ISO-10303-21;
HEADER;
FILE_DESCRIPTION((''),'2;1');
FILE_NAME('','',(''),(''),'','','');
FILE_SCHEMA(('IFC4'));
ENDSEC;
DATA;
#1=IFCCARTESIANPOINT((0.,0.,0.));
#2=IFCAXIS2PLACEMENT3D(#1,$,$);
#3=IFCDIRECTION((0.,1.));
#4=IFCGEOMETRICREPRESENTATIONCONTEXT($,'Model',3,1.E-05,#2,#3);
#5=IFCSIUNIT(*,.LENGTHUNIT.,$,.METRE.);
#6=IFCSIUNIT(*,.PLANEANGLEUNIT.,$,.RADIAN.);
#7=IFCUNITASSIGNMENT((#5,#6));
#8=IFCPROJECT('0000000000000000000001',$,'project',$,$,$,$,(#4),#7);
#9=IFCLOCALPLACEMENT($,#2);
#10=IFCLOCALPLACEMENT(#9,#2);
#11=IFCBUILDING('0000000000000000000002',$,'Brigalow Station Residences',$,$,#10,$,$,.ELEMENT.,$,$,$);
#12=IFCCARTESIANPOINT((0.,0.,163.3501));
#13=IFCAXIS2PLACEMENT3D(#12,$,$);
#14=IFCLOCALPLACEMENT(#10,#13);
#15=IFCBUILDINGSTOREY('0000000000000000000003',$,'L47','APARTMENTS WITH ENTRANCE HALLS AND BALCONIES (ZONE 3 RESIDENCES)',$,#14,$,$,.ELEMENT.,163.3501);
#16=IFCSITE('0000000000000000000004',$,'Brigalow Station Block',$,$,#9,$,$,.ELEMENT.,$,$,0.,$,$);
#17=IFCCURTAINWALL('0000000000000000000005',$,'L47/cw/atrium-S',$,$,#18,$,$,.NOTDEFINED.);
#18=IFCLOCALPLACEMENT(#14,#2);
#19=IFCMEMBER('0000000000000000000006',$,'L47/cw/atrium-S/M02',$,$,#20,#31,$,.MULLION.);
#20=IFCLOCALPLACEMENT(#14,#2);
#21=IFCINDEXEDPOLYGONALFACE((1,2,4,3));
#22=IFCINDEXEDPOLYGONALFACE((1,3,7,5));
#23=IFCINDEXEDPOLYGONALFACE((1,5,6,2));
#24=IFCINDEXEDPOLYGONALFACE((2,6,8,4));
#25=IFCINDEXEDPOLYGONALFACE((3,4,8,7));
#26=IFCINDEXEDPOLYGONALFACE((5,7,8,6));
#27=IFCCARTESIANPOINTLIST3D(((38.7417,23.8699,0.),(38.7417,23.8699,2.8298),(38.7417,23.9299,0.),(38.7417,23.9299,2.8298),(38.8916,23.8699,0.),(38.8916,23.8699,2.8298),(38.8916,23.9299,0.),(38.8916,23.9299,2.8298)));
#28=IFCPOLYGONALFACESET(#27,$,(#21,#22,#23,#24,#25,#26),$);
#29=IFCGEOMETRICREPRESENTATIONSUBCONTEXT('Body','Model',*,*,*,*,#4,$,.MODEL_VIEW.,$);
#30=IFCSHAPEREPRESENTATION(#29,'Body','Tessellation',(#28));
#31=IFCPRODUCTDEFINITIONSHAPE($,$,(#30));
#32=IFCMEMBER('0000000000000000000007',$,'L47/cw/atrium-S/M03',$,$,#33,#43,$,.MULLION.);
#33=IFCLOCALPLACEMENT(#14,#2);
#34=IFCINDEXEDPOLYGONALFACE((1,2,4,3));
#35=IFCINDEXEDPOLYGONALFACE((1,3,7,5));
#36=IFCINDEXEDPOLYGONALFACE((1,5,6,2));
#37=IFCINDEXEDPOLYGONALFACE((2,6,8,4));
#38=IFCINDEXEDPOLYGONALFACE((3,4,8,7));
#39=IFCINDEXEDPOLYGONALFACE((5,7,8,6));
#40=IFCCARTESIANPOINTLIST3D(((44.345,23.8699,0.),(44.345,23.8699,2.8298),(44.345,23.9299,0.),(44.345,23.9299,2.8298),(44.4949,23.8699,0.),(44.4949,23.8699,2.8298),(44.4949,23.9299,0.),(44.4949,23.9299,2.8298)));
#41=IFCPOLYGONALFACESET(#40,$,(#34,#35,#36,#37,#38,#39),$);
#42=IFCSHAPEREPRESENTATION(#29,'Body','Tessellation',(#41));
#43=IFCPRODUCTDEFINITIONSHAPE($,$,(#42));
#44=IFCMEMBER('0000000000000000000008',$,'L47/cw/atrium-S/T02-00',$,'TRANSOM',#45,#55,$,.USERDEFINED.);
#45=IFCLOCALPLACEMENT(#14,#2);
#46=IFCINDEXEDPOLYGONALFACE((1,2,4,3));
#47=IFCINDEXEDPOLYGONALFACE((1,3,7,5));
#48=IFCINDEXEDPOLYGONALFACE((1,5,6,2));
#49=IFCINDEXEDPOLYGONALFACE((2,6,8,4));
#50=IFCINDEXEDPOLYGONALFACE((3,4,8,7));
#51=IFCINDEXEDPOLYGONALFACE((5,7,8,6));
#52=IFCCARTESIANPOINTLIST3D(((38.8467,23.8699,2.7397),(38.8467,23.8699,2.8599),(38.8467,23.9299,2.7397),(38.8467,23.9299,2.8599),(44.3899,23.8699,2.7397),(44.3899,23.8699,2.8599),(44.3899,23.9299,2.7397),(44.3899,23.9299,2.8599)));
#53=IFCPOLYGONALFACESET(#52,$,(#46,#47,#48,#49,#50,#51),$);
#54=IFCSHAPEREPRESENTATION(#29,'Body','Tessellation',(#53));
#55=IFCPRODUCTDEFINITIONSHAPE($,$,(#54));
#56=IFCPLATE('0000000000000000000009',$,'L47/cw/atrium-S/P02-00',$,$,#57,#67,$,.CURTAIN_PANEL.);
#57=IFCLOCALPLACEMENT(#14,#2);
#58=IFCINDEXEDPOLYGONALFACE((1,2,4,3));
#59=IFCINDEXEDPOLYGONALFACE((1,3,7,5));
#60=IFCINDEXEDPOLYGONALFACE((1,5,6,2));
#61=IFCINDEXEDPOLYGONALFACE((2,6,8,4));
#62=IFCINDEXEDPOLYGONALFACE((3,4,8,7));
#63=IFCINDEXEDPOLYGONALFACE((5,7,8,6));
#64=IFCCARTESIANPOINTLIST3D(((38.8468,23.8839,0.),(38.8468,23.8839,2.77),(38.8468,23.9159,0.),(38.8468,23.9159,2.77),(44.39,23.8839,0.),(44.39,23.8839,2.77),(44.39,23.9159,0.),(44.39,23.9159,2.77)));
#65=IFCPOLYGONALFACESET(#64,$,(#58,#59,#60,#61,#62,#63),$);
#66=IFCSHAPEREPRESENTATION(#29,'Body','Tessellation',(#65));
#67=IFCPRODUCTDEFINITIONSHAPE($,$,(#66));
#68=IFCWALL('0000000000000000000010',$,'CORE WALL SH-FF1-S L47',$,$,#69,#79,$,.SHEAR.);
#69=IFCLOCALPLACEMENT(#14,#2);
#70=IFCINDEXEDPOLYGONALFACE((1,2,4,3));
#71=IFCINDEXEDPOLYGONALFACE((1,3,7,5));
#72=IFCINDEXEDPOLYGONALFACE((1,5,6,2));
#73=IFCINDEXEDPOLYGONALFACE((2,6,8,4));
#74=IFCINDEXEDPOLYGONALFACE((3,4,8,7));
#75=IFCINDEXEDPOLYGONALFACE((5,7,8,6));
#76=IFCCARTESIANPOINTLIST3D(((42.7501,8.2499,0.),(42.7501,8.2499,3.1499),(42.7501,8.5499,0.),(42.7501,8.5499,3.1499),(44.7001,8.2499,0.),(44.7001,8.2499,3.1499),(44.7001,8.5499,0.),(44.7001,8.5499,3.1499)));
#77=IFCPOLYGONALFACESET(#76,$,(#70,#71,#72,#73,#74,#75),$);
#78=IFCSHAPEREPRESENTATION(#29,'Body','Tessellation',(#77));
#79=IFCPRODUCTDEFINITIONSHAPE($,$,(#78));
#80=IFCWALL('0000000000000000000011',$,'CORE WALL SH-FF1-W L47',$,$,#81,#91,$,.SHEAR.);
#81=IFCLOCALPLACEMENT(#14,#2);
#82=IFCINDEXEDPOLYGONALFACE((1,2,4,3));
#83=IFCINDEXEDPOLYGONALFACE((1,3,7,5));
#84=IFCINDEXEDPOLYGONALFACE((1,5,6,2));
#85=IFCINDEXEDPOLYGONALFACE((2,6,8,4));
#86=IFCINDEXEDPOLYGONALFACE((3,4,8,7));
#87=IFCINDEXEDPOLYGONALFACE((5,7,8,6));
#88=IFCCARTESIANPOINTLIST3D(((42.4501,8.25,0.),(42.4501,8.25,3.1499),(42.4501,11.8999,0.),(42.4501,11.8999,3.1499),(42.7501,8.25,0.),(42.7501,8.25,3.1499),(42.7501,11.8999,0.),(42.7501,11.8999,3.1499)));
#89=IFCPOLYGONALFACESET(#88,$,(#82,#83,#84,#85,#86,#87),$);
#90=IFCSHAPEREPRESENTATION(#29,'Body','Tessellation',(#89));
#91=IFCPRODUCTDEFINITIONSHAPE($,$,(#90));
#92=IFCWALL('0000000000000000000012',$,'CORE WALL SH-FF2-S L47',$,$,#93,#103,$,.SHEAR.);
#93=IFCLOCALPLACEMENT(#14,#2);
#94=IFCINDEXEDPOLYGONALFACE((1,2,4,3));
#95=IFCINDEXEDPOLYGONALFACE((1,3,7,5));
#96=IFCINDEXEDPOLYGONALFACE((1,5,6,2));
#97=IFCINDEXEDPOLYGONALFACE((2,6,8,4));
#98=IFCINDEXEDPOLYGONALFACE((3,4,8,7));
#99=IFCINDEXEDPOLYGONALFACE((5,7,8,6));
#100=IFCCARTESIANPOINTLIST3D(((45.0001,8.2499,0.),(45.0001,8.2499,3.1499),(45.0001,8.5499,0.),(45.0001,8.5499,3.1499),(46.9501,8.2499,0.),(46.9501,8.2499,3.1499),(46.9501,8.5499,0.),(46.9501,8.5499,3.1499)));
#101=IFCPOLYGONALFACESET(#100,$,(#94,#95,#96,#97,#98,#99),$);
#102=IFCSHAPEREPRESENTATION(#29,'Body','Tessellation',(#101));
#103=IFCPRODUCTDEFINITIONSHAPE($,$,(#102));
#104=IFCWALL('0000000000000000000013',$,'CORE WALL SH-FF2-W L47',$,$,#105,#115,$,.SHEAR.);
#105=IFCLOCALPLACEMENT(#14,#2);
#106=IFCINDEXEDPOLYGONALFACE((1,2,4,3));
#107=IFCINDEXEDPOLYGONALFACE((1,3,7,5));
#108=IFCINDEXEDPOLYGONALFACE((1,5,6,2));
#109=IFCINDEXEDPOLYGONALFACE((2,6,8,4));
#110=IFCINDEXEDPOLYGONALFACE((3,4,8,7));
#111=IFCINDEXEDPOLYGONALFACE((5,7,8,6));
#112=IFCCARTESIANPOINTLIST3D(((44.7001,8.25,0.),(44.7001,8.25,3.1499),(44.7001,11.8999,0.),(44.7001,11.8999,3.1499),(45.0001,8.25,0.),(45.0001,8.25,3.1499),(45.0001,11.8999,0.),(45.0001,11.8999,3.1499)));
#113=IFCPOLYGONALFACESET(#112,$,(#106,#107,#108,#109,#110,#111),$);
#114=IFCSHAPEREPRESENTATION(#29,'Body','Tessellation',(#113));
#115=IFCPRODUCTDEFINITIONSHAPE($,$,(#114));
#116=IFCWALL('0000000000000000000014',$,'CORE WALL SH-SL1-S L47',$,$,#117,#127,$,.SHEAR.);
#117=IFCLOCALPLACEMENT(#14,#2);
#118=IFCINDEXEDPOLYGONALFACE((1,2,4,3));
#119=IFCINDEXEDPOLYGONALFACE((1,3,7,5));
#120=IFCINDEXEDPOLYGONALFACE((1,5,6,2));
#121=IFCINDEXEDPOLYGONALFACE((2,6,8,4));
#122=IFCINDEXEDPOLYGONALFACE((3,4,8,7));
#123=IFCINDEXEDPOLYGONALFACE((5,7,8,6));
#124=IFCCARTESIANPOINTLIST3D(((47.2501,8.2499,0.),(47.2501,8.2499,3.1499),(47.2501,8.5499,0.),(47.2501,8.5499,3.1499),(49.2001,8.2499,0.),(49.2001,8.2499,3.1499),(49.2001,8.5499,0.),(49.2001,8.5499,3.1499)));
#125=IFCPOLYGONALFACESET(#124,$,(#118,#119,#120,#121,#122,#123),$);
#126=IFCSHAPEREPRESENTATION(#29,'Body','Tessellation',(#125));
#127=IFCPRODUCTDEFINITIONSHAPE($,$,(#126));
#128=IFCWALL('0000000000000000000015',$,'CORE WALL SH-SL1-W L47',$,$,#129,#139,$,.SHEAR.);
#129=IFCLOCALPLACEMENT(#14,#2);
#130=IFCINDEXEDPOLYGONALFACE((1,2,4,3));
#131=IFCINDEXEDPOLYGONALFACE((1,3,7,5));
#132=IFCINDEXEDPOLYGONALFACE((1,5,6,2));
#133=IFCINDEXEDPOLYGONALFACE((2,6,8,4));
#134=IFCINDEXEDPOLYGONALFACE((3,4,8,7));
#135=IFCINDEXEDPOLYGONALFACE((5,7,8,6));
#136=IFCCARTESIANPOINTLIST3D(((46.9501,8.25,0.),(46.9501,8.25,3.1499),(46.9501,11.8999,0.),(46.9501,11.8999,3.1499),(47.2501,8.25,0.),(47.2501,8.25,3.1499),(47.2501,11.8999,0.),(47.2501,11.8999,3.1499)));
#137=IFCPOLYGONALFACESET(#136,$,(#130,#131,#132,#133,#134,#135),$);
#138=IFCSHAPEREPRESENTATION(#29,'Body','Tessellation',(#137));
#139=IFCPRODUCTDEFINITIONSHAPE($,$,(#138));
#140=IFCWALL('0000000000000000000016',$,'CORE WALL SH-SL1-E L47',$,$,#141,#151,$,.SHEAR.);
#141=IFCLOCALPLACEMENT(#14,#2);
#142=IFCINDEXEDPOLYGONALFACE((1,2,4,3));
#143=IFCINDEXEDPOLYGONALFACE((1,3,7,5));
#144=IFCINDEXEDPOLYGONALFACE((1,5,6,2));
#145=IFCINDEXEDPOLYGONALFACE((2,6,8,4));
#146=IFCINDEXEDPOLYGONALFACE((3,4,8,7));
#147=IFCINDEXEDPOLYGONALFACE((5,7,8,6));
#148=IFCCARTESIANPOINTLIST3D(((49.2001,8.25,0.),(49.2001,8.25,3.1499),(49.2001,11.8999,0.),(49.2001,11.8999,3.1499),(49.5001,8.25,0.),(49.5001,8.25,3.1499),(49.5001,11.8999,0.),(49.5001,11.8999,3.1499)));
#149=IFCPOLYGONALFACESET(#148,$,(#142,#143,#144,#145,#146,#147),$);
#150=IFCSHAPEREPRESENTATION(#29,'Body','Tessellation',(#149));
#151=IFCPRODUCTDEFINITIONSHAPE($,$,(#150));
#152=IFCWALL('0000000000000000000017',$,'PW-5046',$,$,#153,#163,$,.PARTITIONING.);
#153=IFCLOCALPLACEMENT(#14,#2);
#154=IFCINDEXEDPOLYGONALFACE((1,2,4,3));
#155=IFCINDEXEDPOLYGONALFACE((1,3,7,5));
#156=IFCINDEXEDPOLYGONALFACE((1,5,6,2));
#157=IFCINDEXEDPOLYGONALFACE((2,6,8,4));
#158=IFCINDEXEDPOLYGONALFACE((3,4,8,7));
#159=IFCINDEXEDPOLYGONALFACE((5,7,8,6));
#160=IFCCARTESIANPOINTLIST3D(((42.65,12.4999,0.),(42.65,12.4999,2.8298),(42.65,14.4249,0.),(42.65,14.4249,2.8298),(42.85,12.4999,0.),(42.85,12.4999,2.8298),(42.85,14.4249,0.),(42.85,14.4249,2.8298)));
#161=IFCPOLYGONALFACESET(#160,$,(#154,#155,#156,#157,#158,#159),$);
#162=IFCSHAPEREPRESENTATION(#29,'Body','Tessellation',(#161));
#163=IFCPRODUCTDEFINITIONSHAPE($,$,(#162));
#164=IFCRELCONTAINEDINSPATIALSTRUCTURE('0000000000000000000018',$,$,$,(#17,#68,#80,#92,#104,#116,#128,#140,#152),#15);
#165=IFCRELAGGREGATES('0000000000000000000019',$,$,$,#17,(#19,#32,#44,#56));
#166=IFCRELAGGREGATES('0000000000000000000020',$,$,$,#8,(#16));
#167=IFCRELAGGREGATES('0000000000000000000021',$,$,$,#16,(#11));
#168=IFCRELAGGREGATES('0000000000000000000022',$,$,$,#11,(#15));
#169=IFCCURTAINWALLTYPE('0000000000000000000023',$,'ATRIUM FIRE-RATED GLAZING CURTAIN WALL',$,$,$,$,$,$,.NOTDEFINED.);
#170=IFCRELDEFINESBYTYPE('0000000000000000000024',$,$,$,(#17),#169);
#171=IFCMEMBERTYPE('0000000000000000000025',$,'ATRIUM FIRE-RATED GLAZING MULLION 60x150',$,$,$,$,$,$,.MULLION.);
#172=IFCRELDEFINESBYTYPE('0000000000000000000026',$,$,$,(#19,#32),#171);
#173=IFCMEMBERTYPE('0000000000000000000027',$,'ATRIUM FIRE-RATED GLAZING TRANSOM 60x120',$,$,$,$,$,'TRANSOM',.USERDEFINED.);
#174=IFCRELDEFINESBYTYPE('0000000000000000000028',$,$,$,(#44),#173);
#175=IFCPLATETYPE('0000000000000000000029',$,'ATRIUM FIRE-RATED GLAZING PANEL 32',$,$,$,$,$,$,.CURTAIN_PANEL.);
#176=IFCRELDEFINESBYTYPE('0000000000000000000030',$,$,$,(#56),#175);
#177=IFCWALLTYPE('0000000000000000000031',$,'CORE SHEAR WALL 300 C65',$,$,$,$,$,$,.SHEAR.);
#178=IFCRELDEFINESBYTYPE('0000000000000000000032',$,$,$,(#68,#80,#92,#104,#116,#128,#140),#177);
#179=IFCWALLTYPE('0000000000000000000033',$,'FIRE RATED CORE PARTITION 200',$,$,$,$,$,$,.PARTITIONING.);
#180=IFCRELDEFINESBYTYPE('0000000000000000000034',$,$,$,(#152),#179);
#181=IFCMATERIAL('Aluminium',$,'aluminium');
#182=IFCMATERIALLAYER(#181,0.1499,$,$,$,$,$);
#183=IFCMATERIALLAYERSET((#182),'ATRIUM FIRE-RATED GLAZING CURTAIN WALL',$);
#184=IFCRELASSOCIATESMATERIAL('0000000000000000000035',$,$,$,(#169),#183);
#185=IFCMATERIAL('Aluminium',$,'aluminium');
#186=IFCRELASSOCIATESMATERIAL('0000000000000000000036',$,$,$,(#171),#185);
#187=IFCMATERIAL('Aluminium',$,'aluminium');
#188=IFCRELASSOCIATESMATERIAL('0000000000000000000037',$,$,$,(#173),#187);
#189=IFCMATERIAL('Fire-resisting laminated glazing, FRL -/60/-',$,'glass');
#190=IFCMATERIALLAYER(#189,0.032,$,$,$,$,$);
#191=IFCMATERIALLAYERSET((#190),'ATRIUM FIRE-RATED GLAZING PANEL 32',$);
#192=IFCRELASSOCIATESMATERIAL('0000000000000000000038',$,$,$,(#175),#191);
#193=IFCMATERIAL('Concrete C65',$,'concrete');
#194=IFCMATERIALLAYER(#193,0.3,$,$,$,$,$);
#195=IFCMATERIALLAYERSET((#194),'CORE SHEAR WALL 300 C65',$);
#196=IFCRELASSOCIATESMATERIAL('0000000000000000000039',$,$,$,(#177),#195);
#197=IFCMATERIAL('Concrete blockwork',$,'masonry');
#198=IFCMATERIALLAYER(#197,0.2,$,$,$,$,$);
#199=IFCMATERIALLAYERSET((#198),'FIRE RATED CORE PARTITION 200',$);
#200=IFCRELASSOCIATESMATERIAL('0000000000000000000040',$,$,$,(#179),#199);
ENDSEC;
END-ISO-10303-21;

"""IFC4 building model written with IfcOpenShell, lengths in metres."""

from ifc_helpers import new_model, si_unit, direction, frame, frame_2d, origin, origin_2d, place, context, subcontext, project, spatial, rectangle, extrude, material, layer, layer_set, material_profile, profile_set, type_object, element, aggregate, save


model = new_model("IFC4")

# Units and contexts
model_context = context("Model", 3, precision=1e-05, world=origin(), true_north=direction((0.0, 1.0)))
body_context = subcontext(model_context, "Body", "Model", "MODEL_VIEW")
ifc_project = project(units=[si_unit("LENGTHUNIT", "METRE"), si_unit("PLANEANGLEUNIT", "RADIAN")], contexts=[model_context])

# Site, building, storey
site_placement = place(None, origin())
site = spatial("IfcSite", under=ifc_project, at=site_placement, Name="Brigalow Station Block", CompositionType="ELEMENT", RefElevation=0.0)
building_placement = place(site_placement, origin())
building = spatial("IfcBuilding", under=site, at=building_placement, Name="Brigalow Station Residences", CompositionType="ELEMENT")
storey_placement = place(building_placement, frame((0.0, 0.0, 163.3501)))
storey = spatial("IfcBuildingStorey", under=building, at=storey_placement, Name="L47", Description="APARTMENTS WITH ENTRANCE HALLS AND BALCONIES (ZONE 3 RESIDENCES)", CompositionType="ELEMENT", Elevation=163.3501)

# Curtain wall, members, plate
ifc_material_1 = material(Name="Aluminium", Category="aluminium")
ifc_layer_1 = layer(ifc_material_1, 0.1499)
ifc_layer_set_1 = layer_set([ifc_layer_1], Name="ATRIUM FIRE-RATED GLAZING CURTAIN WALL")
curtain_wall_type = type_object("IfcCurtainWallType", Name="ATRIUM FIRE-RATED GLAZING CURTAIN WALL", PredefinedType="NOTDEFINED", material=ifc_layer_set_1)
curtain_wall_placement = place(storey_placement, origin())
curtain_wall = element("IfcCurtainWall", 1, at=curtain_wall_placement, inside=storey, type_object=curtain_wall_type, Name="L47/cw/atrium-S", PredefinedType="NOTDEFINED")
ifc_material_2 = material(Name="Aluminium", Category="aluminium")
ifc_material_profile_1 = material_profile(ifc_material_2, rectangle(XDim=0.0601, YDim=0.1499, at=origin_2d()), Name="ATRIUM FIRE-RATED GLAZING MULLION 60x150")
ifc_profile_set_1 = profile_set([ifc_material_profile_1], Name="Aluminium")
member_type_1 = type_object("IfcMemberType", Name="ATRIUM FIRE-RATED GLAZING MULLION 60x150", PredefinedType="MULLION", material=ifc_profile_set_1)
member_1_placement = place(storey_placement, frame((38.8167, 23.8999, 0.0), z_axis=(0.0, 0.0, 1.0), x_axis=(0.0, 1.0, 0.0)))
member_1 = element("IfcMember", 2, at=member_1_placement, type_object=member_type_1, Name="L47/cw/atrium-S/M02", PredefinedType="MULLION", context=body_context, shape_type="SweptSolid", body=[
    extrude(rectangle(XDim=0.0601, YDim=0.1499, at=origin_2d()), origin(), (0.0, 0.0, 1.0), 2.8298),
])
member_2_placement = place(storey_placement, frame((44.4199, 23.8999, 0.0), z_axis=(0.0, 0.0, 1.0), x_axis=(0.0, 1.0, 0.0)))
member_2 = element("IfcMember", 3, at=member_2_placement, type_object=member_type_1, Name="L47/cw/atrium-S/M03", PredefinedType="MULLION", context=body_context, shape_type="SweptSolid", body=[
    extrude(rectangle(XDim=0.0601, YDim=0.1499, at=origin_2d()), origin(), (0.0, 0.0, 1.0), 2.8298),
])
ifc_material_3 = material(Name="Aluminium", Category="aluminium")
ifc_material_profile_2 = material_profile(ifc_material_3, rectangle(XDim=0.0601, YDim=0.1201, at=origin_2d()), Name="ATRIUM FIRE-RATED GLAZING TRANSOM 60x120")
ifc_profile_set_2 = profile_set([ifc_material_profile_2], Name="Aluminium")
member_type_2 = type_object("IfcMemberType", Name="ATRIUM FIRE-RATED GLAZING TRANSOM 60x120", ElementType="TRANSOM", PredefinedType="USERDEFINED", material=ifc_profile_set_2)
member_3_placement = place(storey_placement, frame((38.8467, 23.8999, 2.7998), z_axis=(1.0, 0.0, 0.0), x_axis=(0.0, 1.0, 0.0)))
member_3 = element("IfcMember", 4, at=member_3_placement, type_object=member_type_2, Name="L47/cw/atrium-S/T02-00", ObjectType="TRANSOM", PredefinedType="USERDEFINED", context=body_context, shape_type="SweptSolid", body=[
    extrude(rectangle(XDim=0.0601, YDim=0.1201, at=origin_2d()), origin(), (0.0, 0.0, 1.0), 5.5432),
])
ifc_material_4 = material(Name="Fire-resisting laminated glazing, FRL -/60/-", Category="glass")
ifc_layer_2 = layer(ifc_material_4, 0.032)
ifc_layer_set_2 = layer_set([ifc_layer_2], Name="ATRIUM FIRE-RATED GLAZING PANEL 32")
plate_type = type_object("IfcPlateType", Name="ATRIUM FIRE-RATED GLAZING PANEL 32", PredefinedType="CURTAIN_PANEL", material=ifc_layer_set_2)
plate_placement = place(storey_placement, frame((41.6184, 23.8999, 0.0), z_axis=(0.0, 0.0, 1.0), x_axis=(1.0, 0.0, 0.0)))
plate = element("IfcPlate", 5, at=plate_placement, type_object=plate_type, Name="L47/cw/atrium-S/P02-00", PredefinedType="CURTAIN_PANEL", context=body_context, shape_type="SweptSolid", body=[
    extrude(rectangle(XDim=5.5432, YDim=0.032, at=origin_2d()), origin(), (0.0, 0.0, 1.0), 2.77),
])
aggregate(curtain_wall, [member_1, member_2, member_3, plate])

# Walls
ifc_material_5 = material(Name="Concrete C65", Category="concrete")
ifc_layer_3 = layer(ifc_material_5, 0.3)
ifc_layer_set_3 = layer_set([ifc_layer_3], Name="CORE SHEAR WALL 300 C65")
wall_type_1 = type_object("IfcWallType", Name="CORE SHEAR WALL 300 C65", PredefinedType="SHEAR", material=ifc_layer_set_3)
wall_1_placement = place(storey_placement, frame((42.75, 8.3999, 0.0), z_axis=(0.0, 0.0, 1.0), x_axis=(1.0, 0.0, 0.0)))
element("IfcWall", 6, at=wall_1_placement, inside=storey, type_object=wall_type_1, Name="CORE WALL SH-FF1-S L47", PredefinedType="SHEAR", context=body_context, shape_type="SweptSolid", body=[
    extrude(rectangle(XDim=1.95, YDim=0.3, at=frame_2d((0.9751, 0.0))), origin(), (0.0, 0.0, 1.0), 3.1499),
])
wall_2_placement = place(storey_placement, frame((42.6001, 8.25, 0.0), z_axis=(0.0, 0.0, 1.0), x_axis=(0.0, 1.0, 0.0)))
element("IfcWall", 7, at=wall_2_placement, inside=storey, type_object=wall_type_1, Name="CORE WALL SH-FF1-W L47", PredefinedType="SHEAR", context=body_context, shape_type="SweptSolid", body=[
    extrude(rectangle(XDim=3.6499, YDim=0.3, at=frame_2d((1.825, 0.0))), origin(), (0.0, 0.0, 1.0), 3.1499),
])
wall_3_placement = place(storey_placement, frame((45.0, 8.3999, 0.0), z_axis=(0.0, 0.0, 1.0), x_axis=(1.0, 0.0, 0.0)))
element("IfcWall", 8, at=wall_3_placement, inside=storey, type_object=wall_type_1, Name="CORE WALL SH-FF2-S L47", PredefinedType="SHEAR", context=body_context, shape_type="SweptSolid", body=[
    extrude(rectangle(XDim=1.95, YDim=0.3, at=frame_2d((0.9751, 0.0))), origin(), (0.0, 0.0, 1.0), 3.1499),
])
wall_4_placement = place(storey_placement, frame((44.8501, 8.25, 0.0), z_axis=(0.0, 0.0, 1.0), x_axis=(0.0, 1.0, 0.0)))
element("IfcWall", 9, at=wall_4_placement, inside=storey, type_object=wall_type_1, Name="CORE WALL SH-FF2-W L47", PredefinedType="SHEAR", context=body_context, shape_type="SweptSolid", body=[
    extrude(rectangle(XDim=3.6499, YDim=0.3, at=frame_2d((1.825, 0.0))), origin(), (0.0, 0.0, 1.0), 3.1499),
])
wall_5_placement = place(storey_placement, frame((47.25, 8.3999, 0.0), z_axis=(0.0, 0.0, 1.0), x_axis=(1.0, 0.0, 0.0)))
element("IfcWall", 10, at=wall_5_placement, inside=storey, type_object=wall_type_1, Name="CORE WALL SH-SL1-S L47", PredefinedType="SHEAR", context=body_context, shape_type="SweptSolid", body=[
    extrude(rectangle(XDim=1.95, YDim=0.3, at=frame_2d((0.9751, 0.0))), origin(), (0.0, 0.0, 1.0), 3.1499),
])
for number, where, z_axis, x_axis, name in (
    (11, (47.1001, 8.25, 0.0), (0.0, 0.0, 1.0), (0.0, 1.0, 0.0), "CORE WALL SH-SL1-W L47"),
    (12, (49.3501, 8.25, 0.0), (0.0, 0.0, 1.0), (0.0, 1.0, 0.0), "CORE WALL SH-SL1-E L47"),
):
    element("IfcWall", number, at=place(storey_placement, frame(where, z_axis=z_axis, x_axis=x_axis)), inside=storey, type_object=wall_type_1, Name=name, PredefinedType="SHEAR", context=body_context, shape_type="SweptSolid", body=[
        extrude(rectangle(XDim=3.6499, YDim=0.3, at=frame_2d((1.825, 0.0))), origin(), (0.0, 0.0, 1.0), 3.1499),
    ])
ifc_material_6 = material(Name="Concrete blockwork", Category="masonry")
ifc_layer_4 = layer(ifc_material_6, 0.2)
ifc_layer_set_4 = layer_set([ifc_layer_4], Name="FIRE RATED CORE PARTITION 200")
wall_type_2 = type_object("IfcWallType", Name="FIRE RATED CORE PARTITION 200", PredefinedType="PARTITIONING", material=ifc_layer_set_4)
wall_6_placement = place(storey_placement, frame((42.75, 12.5, 0.0), z_axis=(0.0, 0.0, 1.0), x_axis=(0.0, 1.0, 0.0)))
element("IfcWall", 13, at=wall_6_placement, inside=storey, type_object=wall_type_2, Name="PW-5046", PredefinedType="PARTITIONING", context=body_context, shape_type="SweptSolid", body=[
    extrude(rectangle(XDim=1.925, YDim=0.2, at=frame_2d((0.9624, 0.0))), origin(), (0.0, 0.0, 1.0), 2.8298),
])

save(model, "model.ifc")
